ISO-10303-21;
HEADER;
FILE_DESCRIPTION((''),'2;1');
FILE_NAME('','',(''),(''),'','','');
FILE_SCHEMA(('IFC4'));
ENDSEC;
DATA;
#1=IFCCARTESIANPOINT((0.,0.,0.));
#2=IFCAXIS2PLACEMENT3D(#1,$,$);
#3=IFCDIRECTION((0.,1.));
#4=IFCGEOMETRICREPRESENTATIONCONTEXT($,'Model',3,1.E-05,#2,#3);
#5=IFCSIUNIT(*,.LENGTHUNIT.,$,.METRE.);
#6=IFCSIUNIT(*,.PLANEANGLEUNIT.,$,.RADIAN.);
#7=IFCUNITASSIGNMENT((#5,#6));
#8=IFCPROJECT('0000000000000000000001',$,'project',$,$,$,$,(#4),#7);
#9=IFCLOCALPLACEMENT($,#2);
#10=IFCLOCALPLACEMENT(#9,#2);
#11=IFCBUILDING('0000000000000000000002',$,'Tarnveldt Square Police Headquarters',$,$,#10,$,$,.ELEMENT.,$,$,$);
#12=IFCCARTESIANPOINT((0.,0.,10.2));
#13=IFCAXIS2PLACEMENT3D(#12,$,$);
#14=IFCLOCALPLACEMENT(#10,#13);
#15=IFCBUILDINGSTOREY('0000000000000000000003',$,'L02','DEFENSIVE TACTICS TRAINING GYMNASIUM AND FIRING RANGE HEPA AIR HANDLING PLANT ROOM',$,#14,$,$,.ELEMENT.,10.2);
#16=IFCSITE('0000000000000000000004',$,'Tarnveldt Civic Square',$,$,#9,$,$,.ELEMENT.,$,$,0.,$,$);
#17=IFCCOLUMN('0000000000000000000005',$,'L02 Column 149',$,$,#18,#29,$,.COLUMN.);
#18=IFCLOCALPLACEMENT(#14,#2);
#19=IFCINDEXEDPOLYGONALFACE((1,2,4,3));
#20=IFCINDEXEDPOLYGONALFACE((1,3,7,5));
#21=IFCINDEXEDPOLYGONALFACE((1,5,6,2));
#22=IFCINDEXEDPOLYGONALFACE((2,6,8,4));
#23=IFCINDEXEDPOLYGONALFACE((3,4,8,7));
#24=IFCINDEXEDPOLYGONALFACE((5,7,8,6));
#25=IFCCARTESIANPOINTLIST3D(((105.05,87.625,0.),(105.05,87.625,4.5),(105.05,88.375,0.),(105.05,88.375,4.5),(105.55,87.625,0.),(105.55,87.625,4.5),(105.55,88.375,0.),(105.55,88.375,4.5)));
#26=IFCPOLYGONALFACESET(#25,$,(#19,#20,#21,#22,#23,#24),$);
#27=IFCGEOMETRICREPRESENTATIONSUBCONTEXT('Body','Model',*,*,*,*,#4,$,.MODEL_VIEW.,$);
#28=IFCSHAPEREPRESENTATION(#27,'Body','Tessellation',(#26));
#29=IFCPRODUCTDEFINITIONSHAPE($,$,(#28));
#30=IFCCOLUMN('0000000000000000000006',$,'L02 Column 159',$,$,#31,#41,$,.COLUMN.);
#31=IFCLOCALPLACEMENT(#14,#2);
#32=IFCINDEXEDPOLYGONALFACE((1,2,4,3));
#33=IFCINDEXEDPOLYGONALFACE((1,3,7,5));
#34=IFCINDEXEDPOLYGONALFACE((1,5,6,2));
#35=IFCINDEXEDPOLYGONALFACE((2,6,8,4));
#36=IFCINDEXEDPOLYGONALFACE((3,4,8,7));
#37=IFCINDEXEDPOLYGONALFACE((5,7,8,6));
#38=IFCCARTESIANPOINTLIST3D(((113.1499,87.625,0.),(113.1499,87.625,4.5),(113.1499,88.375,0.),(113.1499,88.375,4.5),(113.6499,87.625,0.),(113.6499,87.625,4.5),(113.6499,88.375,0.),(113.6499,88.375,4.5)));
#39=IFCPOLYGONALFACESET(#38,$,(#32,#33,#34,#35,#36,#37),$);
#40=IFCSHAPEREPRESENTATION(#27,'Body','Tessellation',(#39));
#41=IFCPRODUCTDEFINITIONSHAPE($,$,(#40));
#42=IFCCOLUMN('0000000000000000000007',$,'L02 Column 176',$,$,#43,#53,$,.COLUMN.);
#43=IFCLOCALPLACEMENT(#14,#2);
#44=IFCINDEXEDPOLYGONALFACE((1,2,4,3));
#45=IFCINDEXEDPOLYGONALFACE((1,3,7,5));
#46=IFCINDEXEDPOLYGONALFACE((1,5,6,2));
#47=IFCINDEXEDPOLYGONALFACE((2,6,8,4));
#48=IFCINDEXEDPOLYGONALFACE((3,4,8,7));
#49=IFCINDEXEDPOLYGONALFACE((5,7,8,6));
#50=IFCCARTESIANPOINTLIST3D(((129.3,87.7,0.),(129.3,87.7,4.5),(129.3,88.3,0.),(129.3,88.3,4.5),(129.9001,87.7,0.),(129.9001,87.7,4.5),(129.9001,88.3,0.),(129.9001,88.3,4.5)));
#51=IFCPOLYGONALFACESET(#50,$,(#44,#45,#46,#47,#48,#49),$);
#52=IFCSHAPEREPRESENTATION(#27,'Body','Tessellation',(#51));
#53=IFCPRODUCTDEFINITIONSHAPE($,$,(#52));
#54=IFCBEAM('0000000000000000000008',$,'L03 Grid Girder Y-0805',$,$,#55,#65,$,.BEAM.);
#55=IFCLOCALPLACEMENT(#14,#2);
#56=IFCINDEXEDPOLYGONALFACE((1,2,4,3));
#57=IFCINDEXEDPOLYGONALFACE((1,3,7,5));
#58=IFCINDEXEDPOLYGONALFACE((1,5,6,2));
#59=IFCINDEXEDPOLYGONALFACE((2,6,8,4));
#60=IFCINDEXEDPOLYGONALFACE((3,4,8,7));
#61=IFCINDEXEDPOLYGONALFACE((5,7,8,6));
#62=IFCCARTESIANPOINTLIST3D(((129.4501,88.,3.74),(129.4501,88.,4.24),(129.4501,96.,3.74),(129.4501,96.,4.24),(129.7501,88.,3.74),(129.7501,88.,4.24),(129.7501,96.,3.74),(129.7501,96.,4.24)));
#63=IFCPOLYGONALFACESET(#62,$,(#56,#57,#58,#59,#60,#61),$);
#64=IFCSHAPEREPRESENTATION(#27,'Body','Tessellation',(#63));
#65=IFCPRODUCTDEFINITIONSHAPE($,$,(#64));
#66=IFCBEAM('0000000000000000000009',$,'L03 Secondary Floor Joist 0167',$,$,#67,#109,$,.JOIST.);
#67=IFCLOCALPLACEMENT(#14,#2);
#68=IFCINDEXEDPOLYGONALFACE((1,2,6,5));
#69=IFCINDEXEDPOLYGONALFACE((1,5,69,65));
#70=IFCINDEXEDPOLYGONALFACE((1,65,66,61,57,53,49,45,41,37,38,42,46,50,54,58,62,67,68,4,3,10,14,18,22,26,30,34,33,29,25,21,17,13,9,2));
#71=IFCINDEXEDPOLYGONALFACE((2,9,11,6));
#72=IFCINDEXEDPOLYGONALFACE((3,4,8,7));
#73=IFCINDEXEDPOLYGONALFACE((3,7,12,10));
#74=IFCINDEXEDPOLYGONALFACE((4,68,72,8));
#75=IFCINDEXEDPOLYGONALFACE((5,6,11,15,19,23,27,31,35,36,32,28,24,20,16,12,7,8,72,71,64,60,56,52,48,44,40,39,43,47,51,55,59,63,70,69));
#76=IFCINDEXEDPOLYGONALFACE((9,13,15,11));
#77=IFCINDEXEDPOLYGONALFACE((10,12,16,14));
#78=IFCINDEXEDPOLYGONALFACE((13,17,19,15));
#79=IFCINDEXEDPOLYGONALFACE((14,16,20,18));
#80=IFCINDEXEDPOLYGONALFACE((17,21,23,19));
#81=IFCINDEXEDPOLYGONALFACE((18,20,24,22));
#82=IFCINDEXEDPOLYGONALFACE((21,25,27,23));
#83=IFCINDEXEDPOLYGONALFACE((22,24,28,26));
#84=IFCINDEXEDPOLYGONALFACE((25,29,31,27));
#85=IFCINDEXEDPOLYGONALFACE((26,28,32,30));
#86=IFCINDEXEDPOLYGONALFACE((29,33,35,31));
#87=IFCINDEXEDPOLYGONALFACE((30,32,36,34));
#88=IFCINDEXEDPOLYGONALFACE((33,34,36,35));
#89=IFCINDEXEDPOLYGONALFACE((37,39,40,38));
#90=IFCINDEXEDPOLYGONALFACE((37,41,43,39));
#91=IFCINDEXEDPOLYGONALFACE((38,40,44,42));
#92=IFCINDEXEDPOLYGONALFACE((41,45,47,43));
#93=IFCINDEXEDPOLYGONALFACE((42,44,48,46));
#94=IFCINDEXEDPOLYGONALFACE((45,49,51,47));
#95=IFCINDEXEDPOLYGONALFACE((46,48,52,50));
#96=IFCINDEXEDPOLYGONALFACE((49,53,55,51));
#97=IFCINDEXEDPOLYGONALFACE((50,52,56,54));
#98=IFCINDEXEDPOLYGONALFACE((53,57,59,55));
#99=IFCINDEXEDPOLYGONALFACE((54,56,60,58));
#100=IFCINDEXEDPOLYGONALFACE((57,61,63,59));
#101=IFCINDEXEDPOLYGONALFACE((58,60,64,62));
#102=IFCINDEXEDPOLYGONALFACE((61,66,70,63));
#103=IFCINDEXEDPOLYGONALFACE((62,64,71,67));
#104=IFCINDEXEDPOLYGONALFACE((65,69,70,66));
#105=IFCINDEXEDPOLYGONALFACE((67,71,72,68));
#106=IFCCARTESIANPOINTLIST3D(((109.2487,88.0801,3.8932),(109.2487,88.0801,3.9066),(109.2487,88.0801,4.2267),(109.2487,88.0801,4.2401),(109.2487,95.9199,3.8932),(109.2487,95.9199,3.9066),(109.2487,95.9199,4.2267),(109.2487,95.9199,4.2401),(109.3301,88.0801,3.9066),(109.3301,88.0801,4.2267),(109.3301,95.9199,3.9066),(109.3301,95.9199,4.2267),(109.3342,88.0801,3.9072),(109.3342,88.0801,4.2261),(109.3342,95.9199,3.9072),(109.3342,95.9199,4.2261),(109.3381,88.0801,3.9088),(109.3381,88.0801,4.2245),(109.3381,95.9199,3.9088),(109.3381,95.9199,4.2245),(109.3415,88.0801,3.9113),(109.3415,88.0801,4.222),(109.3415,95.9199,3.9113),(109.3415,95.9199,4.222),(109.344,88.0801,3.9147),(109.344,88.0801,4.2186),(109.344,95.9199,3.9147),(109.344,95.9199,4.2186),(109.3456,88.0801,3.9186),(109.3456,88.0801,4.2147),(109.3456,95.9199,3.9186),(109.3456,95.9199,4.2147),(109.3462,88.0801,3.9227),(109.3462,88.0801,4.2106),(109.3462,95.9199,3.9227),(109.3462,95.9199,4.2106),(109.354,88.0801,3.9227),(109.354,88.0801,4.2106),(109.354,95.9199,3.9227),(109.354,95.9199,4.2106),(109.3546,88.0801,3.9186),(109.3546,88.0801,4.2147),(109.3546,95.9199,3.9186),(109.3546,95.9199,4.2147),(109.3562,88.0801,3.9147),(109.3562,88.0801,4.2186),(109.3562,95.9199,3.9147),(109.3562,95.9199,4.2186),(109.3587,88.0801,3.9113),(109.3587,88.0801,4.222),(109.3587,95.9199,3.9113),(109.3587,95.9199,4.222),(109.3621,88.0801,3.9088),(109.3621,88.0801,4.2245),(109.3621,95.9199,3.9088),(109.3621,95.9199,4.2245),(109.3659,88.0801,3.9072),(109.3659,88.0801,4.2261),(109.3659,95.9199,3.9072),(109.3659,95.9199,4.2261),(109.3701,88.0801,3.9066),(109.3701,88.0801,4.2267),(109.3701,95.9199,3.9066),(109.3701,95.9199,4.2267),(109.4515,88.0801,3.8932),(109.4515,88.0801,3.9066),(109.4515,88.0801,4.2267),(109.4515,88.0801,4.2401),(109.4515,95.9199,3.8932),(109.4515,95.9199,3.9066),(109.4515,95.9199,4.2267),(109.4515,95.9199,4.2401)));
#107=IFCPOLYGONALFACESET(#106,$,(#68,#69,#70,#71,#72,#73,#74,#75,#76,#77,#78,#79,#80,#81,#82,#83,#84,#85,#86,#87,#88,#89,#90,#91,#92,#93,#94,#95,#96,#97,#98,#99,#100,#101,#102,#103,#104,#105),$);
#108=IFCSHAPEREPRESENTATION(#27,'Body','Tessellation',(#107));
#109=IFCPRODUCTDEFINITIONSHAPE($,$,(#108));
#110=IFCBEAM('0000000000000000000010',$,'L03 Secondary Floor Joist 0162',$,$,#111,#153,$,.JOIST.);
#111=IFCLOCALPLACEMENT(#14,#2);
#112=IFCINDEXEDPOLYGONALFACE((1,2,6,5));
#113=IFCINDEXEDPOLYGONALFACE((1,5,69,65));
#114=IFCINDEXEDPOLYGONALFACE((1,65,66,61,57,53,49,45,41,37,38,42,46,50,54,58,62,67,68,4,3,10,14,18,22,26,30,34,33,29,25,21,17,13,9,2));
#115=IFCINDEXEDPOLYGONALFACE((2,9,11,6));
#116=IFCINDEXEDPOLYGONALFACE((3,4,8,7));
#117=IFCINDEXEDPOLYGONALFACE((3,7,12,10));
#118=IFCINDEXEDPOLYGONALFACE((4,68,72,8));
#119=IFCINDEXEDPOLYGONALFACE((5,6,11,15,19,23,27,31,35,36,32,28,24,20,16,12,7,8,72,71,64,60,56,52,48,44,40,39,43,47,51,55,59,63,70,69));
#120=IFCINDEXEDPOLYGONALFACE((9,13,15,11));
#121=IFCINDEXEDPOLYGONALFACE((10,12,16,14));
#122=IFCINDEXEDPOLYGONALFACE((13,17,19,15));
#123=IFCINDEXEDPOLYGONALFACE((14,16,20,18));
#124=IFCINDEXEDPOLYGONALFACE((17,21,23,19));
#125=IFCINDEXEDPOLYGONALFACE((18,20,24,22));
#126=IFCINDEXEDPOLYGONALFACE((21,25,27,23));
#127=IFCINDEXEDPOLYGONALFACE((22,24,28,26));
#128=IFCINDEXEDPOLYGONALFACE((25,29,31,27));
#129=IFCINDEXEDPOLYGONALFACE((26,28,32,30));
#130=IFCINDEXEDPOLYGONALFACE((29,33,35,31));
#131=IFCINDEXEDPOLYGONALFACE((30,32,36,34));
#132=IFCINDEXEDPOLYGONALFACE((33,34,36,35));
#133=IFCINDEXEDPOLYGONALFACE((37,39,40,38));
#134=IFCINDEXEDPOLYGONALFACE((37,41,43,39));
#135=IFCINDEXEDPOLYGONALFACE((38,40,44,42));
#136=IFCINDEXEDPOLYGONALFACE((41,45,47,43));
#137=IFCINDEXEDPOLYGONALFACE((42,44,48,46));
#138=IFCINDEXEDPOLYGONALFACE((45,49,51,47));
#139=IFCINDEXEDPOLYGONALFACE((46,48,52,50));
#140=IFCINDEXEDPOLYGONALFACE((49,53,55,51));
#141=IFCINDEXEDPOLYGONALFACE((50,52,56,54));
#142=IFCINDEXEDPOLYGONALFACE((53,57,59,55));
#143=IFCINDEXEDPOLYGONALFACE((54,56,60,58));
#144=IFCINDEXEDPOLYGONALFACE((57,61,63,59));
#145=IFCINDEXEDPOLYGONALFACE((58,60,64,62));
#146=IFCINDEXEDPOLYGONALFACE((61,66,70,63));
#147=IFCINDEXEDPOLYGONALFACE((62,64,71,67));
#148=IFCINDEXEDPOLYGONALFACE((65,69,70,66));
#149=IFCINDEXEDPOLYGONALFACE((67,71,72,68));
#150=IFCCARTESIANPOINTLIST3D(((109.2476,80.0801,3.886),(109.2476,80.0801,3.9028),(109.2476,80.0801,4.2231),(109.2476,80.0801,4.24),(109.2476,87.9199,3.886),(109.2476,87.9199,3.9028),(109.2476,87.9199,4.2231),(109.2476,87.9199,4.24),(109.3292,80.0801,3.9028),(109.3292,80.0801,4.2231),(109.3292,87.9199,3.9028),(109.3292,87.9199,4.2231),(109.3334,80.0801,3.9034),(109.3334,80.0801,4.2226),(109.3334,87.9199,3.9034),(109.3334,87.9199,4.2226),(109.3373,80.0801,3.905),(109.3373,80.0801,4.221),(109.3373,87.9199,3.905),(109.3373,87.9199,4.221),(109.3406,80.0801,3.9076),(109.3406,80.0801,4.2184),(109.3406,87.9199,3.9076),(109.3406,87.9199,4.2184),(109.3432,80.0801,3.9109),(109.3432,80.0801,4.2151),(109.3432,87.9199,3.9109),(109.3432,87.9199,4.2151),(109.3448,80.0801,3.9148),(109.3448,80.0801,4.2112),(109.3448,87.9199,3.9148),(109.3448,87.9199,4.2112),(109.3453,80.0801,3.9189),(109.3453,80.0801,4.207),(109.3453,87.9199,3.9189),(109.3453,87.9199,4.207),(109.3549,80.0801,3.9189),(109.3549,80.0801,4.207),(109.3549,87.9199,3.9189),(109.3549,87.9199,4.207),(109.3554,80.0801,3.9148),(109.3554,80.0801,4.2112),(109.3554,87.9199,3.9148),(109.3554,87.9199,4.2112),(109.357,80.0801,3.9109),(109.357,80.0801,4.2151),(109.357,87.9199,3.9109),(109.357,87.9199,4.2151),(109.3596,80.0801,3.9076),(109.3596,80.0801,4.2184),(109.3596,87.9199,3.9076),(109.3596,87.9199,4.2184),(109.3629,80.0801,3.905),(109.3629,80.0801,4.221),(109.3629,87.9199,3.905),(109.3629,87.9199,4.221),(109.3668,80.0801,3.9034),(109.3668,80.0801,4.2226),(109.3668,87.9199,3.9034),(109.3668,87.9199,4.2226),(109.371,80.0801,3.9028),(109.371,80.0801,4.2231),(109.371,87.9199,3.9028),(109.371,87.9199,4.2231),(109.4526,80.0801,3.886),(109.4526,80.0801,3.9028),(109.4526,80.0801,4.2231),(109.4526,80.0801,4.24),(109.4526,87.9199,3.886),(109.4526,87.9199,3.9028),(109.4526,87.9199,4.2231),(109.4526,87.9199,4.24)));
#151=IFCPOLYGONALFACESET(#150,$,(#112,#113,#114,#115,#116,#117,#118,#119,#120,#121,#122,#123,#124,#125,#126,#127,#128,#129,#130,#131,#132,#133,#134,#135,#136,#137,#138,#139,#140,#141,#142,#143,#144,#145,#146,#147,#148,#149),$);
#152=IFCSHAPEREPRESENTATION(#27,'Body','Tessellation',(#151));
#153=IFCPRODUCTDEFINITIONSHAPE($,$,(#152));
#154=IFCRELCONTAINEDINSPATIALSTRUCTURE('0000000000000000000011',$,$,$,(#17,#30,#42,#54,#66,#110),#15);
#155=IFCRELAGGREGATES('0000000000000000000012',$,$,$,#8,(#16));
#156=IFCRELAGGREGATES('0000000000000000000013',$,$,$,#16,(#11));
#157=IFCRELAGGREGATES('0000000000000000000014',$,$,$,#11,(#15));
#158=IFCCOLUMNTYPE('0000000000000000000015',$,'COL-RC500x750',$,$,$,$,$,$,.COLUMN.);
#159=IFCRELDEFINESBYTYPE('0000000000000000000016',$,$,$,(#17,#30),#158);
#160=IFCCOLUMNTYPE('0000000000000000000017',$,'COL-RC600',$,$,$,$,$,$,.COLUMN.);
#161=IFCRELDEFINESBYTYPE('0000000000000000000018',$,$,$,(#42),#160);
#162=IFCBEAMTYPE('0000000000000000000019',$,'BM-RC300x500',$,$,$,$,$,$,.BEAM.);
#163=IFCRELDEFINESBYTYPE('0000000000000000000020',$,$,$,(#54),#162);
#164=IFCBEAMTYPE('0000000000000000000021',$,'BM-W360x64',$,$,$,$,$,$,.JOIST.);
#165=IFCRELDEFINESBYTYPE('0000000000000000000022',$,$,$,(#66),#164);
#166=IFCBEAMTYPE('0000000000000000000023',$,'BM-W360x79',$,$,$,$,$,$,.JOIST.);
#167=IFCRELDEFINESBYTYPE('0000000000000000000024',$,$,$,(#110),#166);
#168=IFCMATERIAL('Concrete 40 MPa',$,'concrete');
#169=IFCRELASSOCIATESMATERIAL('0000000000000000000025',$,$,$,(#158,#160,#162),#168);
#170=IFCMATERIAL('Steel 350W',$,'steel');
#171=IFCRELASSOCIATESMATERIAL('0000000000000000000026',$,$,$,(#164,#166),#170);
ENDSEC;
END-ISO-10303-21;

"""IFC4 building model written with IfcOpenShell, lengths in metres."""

from ifc_helpers import new_model, si_unit, direction, frame, origin, origin_2d, place, context, subcontext, project, spatial, rectangle, i_section, extrude, material, material_profile, profile_set, type_object, element, save


model = new_model("IFC4")

# Units and contexts
model_context = context("Model", 3, precision=1e-05, world=origin(), true_north=direction((0.0, 1.0)))
body_context = subcontext(model_context, "Body", "Model", "MODEL_VIEW")
ifc_project = project(units=[si_unit("LENGTHUNIT", "METRE"), si_unit("PLANEANGLEUNIT", "RADIAN")], contexts=[model_context])

# Site, building, storey
site_placement = place(None, origin())
site = spatial("IfcSite", under=ifc_project, at=site_placement, Name="Tarnveldt Civic Square", CompositionType="ELEMENT", RefElevation=0.0)
building_placement = place(site_placement, origin())
building = spatial("IfcBuilding", under=site, at=building_placement, Name="Tarnveldt Square Police Headquarters", CompositionType="ELEMENT")
storey_placement = place(building_placement, frame((0.0, 0.0, 10.2)))
storey = spatial("IfcBuildingStorey", under=building, at=storey_placement, Name="L02", Description="DEFENSIVE TACTICS TRAINING GYMNASIUM AND FIRING RANGE HEPA AIR HANDLING PLANT ROOM", CompositionType="ELEMENT", Elevation=10.2)

# Columns
ifc_material_1 = material(Name="Concrete 40 MPa", Category="concrete")
ifc_material_profile_1 = material_profile(ifc_material_1, rectangle(XDim=0.5, YDim=0.75, at=origin_2d()), Name="RC-C500x750")
ifc_profile_set_1 = profile_set([ifc_material_profile_1], Name="Concrete 40 MPa")
column_type_1 = type_object("IfcColumnType", Name="COL-RC500x750", PredefinedType="COLUMN", material=ifc_profile_set_1)
for number, where, z_axis, x_axis, name in (
    (1, (105.3, 88.0, 0.0), (0.0, 0.0, 1.0), (1.0, 0.0, 0.0), "L02 Column 149"),
    (2, (113.3999, 88.0, 0.0), (0.0, 0.0, 1.0), (1.0, 0.0, 0.0), "L02 Column 159"),
):
    element("IfcColumn", number, at=place(storey_placement, frame(where, z_axis=z_axis, x_axis=x_axis)), inside=storey, type_object=column_type_1, Name=name, PredefinedType="COLUMN", context=body_context, shape_type="SweptSolid", body=[
        extrude(rectangle(XDim=0.5, YDim=0.75, at=origin_2d()), origin(), (0.0, 0.0, 1.0), 4.5),
    ])
ifc_material_profile_2 = material_profile(ifc_material_1, rectangle(XDim=0.6001, YDim=0.6001, at=origin_2d()), Name="RC-C600x600")
ifc_profile_set_2 = profile_set([ifc_material_profile_2], Name="Concrete 40 MPa")
column_type_2 = type_object("IfcColumnType", Name="COL-RC600", PredefinedType="COLUMN", material=ifc_profile_set_2)
column_placement = place(storey_placement, frame((129.6001, 88.0, 0.0), z_axis=(0.0, 0.0, 1.0), x_axis=(1.0, 0.0, 0.0)))
element("IfcColumn", 3, at=column_placement, inside=storey, type_object=column_type_2, Name="L02 Column 176", PredefinedType="COLUMN", context=body_context, shape_type="SweptSolid", body=[
    extrude(rectangle(XDim=0.6001, YDim=0.6001, at=origin_2d()), origin(), (0.0, 0.0, 1.0), 4.5),
])

# Beams
ifc_material_profile_3 = material_profile(ifc_material_1, rectangle(XDim=0.3, YDim=0.5, at=origin_2d()), Name="RC-B300x500")
ifc_profile_set_3 = profile_set([ifc_material_profile_3], Name="Concrete 40 MPa")
beam_type_1 = type_object("IfcBeamType", Name="BM-RC300x500", PredefinedType="BEAM", material=ifc_profile_set_3)
beam_1_placement = place(storey_placement, frame((129.6001, 88.0, 3.99), z_axis=(0.0, 1.0, 0.0), x_axis=(-1.0, 0.0, 0.0)))
element("IfcBeam", 4, at=beam_1_placement, inside=storey, type_object=beam_type_1, Name="L03 Grid Girder Y-0805", PredefinedType="BEAM", context=body_context, shape_type="SweptSolid", body=[
    extrude(rectangle(XDim=0.3, YDim=0.5, at=origin_2d()), origin(), (0.0, 0.0, 1.0), 8.0),
])
ifc_material_2 = material(Name="Steel 350W", Category="steel")
ifc_material_profile_4 = material_profile(ifc_material_2, i_section(OverallWidth=0.2029, OverallDepth=0.3469, WebThickness=0.0078, FlangeThickness=0.0134, FilletRadius=0.0161, at=origin_2d()), Name="W360x64")
ifc_profile_set_4 = profile_set([ifc_material_profile_4], Name="Steel 350W")
beam_type_2 = type_object("IfcBeamType", Name="BM-W360x64", PredefinedType="JOIST", material=ifc_profile_set_4)
beam_2_placement = place(storey_placement, frame((109.3501, 88.0801, 4.0667), z_axis=(0.0, 1.0, 0.0), x_axis=(-1.0, 0.0, 0.0)))
element("IfcBeam", 5, at=beam_2_placement, inside=storey, type_object=beam_type_2, Name="L03 Secondary Floor Joist 0167", PredefinedType="JOIST", context=body_context, shape_type="SweptSolid", body=[
    extrude(i_section(OverallWidth=0.2029, OverallDepth=0.3469, WebThickness=0.0078, FlangeThickness=0.0134, FilletRadius=0.0161, at=origin_2d()), origin(), (0.0, 0.0, 1.0), 7.8398),
])
ifc_material_profile_5 = material_profile(ifc_material_2, i_section(OverallWidth=0.2051, OverallDepth=0.354, WebThickness=0.0095, FlangeThickness=0.0168, FilletRadius=0.0161, at=origin_2d()), Name="W360x79")
ifc_profile_set_5 = profile_set([ifc_material_profile_5], Name="Steel 350W")
beam_type_3 = type_object("IfcBeamType", Name="BM-W360x79", PredefinedType="JOIST", material=ifc_profile_set_5)
beam_3_placement = place(storey_placement, frame((109.3501, 80.0801, 4.063), z_axis=(0.0, 1.0, 0.0), x_axis=(-1.0, 0.0, 0.0)))
element("IfcBeam", 6, at=beam_3_placement, inside=storey, type_object=beam_type_3, Name="L03 Secondary Floor Joist 0162", PredefinedType="JOIST", context=body_context, shape_type="SweptSolid", body=[
    extrude(i_section(OverallWidth=0.2051, OverallDepth=0.354, WebThickness=0.0095, FlangeThickness=0.0168, FilletRadius=0.0161, at=origin_2d()), origin(), (0.0, 0.0, 1.0), 7.8398),
])

save(model, "model.ifc")
